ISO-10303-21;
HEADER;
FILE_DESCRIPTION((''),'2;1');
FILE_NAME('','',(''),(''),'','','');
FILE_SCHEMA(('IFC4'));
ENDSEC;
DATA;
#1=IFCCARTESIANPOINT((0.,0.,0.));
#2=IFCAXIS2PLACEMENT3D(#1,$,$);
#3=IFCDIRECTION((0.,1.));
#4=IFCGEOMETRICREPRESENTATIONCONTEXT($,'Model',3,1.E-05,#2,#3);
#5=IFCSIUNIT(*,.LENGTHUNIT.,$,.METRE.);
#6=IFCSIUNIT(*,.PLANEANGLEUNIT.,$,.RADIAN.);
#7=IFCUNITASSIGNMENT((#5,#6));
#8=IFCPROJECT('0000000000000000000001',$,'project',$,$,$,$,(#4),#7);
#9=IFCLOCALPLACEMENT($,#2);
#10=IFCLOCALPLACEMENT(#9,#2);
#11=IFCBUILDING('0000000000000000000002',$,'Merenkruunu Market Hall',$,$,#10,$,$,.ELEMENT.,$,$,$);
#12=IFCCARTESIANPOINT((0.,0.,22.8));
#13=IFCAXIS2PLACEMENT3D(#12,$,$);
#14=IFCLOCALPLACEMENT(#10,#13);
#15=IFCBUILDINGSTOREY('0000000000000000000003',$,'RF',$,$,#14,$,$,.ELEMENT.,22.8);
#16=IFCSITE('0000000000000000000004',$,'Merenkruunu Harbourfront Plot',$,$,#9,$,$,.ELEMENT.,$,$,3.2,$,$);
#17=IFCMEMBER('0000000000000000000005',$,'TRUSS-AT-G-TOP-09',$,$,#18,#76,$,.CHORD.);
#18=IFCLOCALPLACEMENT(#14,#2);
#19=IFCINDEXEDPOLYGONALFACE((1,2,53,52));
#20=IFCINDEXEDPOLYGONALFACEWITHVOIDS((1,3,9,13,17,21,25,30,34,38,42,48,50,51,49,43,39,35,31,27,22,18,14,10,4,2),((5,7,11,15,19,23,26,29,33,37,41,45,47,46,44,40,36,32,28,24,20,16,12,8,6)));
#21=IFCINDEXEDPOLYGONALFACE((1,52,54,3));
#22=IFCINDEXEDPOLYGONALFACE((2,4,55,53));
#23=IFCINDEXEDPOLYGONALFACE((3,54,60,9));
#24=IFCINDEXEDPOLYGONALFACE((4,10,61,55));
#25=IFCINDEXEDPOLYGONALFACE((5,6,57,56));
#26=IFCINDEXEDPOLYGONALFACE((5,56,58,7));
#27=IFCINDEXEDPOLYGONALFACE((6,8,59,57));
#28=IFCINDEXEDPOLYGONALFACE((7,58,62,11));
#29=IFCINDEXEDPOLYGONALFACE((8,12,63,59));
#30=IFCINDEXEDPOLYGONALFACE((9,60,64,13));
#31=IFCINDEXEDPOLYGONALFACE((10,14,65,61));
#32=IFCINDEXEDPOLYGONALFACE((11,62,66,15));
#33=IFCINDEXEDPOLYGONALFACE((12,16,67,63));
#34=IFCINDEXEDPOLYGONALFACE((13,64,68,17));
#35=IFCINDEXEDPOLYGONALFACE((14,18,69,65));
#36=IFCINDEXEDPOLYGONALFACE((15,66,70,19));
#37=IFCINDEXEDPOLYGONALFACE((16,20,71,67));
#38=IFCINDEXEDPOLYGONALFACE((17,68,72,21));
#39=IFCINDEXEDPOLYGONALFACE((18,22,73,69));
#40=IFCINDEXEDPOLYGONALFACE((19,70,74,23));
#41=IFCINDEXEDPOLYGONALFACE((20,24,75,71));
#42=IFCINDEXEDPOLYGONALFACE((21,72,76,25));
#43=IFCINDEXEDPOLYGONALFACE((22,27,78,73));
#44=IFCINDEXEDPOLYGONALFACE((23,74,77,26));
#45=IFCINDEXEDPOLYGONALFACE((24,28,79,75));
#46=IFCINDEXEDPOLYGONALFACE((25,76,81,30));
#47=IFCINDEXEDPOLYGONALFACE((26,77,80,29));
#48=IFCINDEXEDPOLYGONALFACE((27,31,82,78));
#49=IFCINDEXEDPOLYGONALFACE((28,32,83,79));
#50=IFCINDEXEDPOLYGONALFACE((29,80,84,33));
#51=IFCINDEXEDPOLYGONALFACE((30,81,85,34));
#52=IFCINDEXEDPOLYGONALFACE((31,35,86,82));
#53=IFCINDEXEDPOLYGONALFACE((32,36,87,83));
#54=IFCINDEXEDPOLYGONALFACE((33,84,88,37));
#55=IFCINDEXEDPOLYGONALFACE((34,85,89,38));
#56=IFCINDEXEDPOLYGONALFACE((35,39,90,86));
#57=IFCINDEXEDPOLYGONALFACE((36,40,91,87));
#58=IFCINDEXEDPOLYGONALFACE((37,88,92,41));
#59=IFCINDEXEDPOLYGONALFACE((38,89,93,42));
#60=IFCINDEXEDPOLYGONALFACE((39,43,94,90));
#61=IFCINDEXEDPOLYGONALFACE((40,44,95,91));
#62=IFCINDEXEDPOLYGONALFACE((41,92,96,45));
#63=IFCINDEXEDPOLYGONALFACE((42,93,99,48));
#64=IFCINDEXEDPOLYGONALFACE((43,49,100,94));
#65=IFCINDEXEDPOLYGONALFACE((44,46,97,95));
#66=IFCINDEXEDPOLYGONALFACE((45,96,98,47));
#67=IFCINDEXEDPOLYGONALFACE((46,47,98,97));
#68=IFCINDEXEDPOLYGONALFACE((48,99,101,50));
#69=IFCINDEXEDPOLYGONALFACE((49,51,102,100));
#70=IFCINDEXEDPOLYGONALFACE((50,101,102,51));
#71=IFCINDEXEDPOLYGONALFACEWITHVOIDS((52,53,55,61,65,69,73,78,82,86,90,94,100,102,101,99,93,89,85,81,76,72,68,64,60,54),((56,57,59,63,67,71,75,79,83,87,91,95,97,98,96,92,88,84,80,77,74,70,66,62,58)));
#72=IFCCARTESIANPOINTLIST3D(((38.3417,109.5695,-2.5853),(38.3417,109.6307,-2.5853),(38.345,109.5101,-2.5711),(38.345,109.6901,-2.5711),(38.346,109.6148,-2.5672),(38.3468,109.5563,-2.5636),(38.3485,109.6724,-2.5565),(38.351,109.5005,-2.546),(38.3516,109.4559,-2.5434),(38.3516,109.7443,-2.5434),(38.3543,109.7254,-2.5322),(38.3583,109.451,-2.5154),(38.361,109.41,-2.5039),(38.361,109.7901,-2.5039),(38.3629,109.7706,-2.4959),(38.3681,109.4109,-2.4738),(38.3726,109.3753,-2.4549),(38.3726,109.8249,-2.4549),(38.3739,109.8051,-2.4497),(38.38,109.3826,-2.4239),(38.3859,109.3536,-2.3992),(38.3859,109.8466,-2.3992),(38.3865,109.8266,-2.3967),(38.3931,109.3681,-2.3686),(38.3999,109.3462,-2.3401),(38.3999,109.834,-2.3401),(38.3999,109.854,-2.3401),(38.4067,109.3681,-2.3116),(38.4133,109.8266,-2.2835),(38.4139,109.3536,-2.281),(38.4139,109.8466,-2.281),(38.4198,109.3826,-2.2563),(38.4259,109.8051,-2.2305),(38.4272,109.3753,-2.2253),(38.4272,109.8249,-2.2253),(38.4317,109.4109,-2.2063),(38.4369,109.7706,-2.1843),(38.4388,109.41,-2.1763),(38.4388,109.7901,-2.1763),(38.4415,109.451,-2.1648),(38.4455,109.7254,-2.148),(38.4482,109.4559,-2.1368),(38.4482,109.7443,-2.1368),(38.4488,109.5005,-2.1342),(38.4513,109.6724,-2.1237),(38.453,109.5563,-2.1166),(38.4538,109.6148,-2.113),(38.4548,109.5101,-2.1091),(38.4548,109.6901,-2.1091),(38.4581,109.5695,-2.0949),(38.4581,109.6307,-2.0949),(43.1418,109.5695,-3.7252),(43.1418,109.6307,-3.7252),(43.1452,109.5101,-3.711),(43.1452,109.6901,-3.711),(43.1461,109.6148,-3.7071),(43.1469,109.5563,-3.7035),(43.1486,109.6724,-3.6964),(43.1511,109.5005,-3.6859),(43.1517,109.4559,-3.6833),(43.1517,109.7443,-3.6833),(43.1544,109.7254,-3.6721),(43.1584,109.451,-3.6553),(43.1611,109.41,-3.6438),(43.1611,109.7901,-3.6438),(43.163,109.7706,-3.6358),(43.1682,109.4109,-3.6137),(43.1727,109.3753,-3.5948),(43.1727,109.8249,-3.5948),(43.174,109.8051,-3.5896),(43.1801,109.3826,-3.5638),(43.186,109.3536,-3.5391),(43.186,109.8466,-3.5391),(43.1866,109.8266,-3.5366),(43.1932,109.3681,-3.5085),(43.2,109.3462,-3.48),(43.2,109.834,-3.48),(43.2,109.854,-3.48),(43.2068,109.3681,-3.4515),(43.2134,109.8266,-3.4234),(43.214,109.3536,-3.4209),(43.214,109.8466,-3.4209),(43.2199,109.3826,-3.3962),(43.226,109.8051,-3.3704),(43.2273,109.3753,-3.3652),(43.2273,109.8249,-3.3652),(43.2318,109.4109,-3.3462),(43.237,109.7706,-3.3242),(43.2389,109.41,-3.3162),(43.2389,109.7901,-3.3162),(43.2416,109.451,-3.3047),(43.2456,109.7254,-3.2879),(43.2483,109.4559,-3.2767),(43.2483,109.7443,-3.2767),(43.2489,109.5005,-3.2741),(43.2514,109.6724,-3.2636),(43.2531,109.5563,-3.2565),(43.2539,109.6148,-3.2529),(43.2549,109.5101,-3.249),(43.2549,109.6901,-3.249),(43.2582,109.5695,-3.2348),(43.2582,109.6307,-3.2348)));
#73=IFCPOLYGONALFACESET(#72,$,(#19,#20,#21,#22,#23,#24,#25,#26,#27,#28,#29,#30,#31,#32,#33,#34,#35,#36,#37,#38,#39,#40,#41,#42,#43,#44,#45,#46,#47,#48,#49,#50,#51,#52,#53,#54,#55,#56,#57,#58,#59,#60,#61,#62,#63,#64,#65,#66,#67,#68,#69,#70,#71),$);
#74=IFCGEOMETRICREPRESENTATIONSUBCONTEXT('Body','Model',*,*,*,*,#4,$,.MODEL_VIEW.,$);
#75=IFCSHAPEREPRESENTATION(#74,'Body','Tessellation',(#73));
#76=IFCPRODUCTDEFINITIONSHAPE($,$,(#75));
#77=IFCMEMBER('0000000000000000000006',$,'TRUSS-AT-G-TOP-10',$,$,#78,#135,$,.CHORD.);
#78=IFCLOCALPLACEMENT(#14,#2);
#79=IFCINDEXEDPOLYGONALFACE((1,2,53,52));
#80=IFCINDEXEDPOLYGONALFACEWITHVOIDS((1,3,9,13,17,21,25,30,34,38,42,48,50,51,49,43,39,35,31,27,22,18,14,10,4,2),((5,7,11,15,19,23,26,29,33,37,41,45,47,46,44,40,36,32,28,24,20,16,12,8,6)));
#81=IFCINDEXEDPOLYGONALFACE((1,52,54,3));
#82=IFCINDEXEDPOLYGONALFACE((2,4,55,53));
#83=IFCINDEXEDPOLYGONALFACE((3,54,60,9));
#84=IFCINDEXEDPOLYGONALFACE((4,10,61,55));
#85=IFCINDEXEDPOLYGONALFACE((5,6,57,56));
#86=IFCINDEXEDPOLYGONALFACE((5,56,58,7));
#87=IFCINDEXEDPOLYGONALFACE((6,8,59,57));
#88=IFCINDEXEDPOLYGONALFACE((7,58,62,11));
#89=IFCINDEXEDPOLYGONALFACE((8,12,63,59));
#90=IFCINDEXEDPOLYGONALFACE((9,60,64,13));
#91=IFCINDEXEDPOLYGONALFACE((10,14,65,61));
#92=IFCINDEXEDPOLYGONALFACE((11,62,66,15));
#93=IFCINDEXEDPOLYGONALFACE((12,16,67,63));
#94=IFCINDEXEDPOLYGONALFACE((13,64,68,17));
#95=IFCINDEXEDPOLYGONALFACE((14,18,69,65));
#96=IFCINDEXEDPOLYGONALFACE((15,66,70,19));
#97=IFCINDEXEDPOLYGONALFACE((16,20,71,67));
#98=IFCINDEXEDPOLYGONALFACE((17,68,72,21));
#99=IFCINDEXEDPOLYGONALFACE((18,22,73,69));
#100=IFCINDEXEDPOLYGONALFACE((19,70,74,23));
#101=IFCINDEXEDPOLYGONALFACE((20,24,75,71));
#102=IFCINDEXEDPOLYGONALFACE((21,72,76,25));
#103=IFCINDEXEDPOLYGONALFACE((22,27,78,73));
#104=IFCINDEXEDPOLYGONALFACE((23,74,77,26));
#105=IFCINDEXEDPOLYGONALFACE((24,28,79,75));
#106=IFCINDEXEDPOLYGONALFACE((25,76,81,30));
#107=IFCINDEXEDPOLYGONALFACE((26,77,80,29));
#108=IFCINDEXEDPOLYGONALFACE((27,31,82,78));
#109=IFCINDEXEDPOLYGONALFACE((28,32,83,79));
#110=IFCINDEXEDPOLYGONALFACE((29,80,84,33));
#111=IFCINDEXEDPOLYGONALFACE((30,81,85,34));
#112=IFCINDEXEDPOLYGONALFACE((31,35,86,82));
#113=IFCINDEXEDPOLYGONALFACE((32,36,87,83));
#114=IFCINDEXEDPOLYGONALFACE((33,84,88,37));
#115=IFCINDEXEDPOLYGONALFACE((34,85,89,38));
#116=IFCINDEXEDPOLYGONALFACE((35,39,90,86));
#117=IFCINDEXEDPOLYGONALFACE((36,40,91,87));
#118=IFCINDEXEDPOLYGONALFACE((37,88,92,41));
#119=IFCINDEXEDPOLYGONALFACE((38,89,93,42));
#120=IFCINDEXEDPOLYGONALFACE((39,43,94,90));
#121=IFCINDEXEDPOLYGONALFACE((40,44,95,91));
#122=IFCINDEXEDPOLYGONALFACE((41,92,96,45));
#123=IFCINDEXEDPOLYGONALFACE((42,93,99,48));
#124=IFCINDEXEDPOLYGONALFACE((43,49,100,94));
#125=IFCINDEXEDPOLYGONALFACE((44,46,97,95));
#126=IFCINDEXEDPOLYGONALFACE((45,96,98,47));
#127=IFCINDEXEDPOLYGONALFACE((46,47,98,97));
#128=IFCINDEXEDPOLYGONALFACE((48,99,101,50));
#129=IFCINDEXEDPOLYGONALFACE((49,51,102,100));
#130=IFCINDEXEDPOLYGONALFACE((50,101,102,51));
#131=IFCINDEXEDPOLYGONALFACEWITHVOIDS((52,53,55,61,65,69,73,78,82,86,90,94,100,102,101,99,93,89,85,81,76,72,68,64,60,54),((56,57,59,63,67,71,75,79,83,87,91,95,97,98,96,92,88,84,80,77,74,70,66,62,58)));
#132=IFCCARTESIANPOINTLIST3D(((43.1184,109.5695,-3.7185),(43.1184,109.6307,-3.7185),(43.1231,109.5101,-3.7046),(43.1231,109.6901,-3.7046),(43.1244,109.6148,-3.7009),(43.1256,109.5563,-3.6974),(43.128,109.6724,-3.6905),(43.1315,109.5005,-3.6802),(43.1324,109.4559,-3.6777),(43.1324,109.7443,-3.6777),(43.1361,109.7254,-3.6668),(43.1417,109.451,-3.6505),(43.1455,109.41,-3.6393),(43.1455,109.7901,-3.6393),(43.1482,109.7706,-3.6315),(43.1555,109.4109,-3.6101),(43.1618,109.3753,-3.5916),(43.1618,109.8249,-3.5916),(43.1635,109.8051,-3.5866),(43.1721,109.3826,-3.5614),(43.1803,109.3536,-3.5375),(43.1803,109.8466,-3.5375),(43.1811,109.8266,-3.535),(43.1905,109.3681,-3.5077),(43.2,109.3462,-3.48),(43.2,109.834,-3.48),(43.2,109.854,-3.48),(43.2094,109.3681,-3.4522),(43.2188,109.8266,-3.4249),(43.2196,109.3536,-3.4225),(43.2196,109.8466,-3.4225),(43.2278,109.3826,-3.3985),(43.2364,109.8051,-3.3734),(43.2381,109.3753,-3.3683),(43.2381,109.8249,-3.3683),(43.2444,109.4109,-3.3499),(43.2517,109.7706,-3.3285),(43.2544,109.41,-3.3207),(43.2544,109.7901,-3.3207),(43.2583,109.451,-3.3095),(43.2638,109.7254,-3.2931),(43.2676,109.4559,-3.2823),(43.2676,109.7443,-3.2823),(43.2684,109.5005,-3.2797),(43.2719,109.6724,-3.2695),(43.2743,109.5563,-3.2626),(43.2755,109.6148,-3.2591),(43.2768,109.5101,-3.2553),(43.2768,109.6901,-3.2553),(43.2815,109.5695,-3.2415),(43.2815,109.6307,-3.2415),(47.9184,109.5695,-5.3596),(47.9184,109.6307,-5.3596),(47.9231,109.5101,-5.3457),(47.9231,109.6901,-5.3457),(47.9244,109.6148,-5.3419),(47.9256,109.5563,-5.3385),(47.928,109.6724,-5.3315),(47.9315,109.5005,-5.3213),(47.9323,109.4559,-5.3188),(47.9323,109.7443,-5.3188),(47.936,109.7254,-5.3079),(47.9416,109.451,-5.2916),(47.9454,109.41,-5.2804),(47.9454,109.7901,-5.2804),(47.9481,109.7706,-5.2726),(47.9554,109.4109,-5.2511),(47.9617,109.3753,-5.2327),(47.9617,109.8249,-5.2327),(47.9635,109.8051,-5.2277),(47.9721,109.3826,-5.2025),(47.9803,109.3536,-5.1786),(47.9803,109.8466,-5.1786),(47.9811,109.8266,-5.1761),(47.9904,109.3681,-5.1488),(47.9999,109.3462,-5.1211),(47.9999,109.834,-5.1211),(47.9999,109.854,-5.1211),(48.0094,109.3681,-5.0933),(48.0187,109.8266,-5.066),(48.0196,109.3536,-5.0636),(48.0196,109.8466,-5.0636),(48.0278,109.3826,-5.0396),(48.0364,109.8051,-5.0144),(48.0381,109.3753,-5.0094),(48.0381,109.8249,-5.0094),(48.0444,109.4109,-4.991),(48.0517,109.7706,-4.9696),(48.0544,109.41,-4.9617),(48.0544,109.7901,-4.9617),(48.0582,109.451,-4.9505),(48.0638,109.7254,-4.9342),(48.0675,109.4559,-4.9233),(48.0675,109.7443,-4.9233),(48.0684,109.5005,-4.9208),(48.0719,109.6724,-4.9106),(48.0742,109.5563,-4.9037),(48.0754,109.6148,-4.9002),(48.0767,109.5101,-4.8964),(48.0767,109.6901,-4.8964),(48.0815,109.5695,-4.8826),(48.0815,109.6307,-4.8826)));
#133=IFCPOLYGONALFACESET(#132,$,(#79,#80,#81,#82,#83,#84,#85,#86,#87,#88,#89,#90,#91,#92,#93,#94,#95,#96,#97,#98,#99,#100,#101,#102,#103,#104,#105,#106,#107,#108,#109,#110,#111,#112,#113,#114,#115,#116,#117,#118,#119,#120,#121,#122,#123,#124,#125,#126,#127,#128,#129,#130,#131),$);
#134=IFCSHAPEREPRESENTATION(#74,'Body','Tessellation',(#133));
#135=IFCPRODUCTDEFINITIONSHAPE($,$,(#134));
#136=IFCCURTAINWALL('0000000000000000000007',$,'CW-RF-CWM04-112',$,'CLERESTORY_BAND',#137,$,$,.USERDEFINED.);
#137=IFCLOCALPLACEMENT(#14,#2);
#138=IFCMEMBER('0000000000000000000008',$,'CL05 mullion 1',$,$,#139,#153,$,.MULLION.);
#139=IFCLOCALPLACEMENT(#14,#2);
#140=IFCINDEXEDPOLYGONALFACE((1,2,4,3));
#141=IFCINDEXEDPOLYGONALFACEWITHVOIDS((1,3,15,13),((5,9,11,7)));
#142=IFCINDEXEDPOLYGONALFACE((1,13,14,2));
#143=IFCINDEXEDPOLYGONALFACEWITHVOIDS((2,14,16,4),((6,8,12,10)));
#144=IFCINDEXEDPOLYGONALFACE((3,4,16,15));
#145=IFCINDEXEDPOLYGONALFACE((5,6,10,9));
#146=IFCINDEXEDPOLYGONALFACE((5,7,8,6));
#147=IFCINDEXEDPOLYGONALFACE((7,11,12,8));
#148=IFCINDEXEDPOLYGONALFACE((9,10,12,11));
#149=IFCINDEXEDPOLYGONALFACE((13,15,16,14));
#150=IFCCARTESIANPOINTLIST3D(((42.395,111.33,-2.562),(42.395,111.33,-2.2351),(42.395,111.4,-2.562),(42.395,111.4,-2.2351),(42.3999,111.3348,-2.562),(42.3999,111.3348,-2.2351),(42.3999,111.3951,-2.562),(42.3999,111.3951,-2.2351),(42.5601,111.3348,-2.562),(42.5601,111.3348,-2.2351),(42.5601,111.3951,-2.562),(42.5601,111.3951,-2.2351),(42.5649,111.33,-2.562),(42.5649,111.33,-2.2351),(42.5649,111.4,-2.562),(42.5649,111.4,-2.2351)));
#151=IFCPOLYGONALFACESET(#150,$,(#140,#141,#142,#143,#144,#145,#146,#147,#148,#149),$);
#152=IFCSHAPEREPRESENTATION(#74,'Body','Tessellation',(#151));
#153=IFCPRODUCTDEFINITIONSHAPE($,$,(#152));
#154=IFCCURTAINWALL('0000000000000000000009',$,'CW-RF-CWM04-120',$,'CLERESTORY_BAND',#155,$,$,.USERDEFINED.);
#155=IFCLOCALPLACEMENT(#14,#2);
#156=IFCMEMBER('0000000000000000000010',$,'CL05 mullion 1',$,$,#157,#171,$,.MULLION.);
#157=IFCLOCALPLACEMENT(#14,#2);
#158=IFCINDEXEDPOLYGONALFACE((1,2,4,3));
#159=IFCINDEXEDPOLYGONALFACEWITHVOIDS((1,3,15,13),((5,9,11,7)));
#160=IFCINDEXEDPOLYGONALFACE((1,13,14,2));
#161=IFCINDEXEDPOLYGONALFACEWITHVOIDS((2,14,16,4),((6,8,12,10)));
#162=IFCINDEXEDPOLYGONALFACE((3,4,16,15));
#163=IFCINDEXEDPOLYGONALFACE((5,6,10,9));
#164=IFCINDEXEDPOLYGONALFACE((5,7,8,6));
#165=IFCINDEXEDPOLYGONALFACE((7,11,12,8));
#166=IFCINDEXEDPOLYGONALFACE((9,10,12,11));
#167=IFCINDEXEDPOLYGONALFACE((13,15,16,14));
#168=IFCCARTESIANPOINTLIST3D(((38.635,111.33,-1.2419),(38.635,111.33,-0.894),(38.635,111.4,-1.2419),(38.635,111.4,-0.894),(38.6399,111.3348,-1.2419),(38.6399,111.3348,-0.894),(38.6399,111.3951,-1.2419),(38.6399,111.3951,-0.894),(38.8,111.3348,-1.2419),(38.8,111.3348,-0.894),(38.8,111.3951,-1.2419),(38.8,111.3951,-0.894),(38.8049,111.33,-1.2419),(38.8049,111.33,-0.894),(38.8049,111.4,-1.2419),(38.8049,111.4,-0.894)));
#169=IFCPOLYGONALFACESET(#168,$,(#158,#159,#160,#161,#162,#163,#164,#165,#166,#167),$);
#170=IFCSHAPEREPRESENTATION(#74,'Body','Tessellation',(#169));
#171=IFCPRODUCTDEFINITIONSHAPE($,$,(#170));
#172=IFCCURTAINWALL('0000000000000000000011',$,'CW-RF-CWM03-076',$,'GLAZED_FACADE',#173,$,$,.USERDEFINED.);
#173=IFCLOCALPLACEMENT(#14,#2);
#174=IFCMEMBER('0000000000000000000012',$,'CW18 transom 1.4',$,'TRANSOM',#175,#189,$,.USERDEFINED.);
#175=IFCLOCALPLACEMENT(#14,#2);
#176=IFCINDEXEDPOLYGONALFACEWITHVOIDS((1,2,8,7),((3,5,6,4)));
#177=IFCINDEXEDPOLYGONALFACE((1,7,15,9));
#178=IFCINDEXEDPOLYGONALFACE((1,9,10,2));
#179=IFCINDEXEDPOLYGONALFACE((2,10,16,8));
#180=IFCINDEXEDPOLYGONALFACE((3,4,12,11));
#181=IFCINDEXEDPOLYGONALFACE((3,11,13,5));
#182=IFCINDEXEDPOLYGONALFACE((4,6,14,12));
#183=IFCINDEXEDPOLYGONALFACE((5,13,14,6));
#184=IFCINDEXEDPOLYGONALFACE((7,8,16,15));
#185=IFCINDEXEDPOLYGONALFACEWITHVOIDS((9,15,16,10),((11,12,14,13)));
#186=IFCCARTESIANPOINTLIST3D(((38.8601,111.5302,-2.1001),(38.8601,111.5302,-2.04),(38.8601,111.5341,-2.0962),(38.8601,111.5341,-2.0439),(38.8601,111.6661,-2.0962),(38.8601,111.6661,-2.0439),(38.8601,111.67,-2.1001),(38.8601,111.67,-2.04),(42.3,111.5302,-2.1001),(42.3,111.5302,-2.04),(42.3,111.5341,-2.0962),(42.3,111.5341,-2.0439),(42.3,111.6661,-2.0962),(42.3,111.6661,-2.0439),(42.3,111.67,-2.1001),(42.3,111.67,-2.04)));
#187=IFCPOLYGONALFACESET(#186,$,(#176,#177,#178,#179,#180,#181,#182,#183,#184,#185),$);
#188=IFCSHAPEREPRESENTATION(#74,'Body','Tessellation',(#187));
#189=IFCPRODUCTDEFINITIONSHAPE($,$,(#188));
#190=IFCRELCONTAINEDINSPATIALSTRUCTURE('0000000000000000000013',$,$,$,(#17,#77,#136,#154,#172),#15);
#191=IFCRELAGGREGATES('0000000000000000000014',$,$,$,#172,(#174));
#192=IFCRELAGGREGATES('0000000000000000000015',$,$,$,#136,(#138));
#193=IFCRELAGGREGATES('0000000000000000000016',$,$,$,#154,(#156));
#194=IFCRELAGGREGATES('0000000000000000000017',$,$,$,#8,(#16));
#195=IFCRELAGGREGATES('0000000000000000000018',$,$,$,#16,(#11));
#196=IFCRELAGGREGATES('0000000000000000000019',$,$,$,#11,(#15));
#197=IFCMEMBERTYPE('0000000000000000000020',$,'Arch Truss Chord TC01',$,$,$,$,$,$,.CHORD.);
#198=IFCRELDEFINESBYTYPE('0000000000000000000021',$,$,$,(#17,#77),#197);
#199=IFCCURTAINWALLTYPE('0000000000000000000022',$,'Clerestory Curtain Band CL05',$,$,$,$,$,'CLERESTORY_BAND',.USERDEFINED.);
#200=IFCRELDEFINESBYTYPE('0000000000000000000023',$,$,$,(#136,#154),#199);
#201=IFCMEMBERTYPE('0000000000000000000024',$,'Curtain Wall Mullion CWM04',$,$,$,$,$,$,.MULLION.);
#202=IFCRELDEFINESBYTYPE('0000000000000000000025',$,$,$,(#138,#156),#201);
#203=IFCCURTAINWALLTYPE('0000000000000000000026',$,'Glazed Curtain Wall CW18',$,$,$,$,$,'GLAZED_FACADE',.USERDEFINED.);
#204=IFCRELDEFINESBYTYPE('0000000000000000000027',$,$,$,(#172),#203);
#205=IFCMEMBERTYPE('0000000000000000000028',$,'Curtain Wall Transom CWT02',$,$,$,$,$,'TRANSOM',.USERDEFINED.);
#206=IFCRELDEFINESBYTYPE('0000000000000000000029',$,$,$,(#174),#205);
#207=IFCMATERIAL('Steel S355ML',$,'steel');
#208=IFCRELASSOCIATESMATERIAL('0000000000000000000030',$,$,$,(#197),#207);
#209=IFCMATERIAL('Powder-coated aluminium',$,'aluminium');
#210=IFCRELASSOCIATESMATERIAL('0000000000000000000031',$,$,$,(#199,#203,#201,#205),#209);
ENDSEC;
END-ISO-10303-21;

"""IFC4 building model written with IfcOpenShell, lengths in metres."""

from ifc_helpers import new_model, si_unit, direction, frame, origin, origin_2d, place, context, subcontext, project, spatial, hollow_rectangle, hollow_circle, extrude, material, material_profile, profile_set, type_object, element, aggregate, save


model = new_model("IFC4")

# Units and contexts
model_context = context("Model", 3, precision=1e-05, world=origin(), true_north=direction((0.0, 1.0)))
body_context = subcontext(model_context, "Body", "Model", "MODEL_VIEW")
ifc_project = project(units=[si_unit("LENGTHUNIT", "METRE"), si_unit("PLANEANGLEUNIT", "RADIAN")], contexts=[model_context])

# Site, building, storey
site_placement = place(None, origin())
site = spatial("IfcSite", under=ifc_project, at=site_placement, Name="Merenkruunu Harbourfront Plot", CompositionType="ELEMENT", RefElevation=3.2)
building_placement = place(site_placement, origin())
building = spatial("IfcBuilding", under=site, at=building_placement, Name="Merenkruunu Market Hall", CompositionType="ELEMENT")
storey_placement = place(building_placement, frame((0.0, 0.0, 22.8)))
storey = spatial("IfcBuildingStorey", under=building, at=storey_placement, Name="RF", CompositionType="ELEMENT", Elevation=22.8)

# Members
ifc_material_1 = material(Name="Steel S355ML", Category="steel")
ifc_material_profile_1 = material_profile(ifc_material_1, hollow_circle(Radius=0.2539, WallThickness=0.02, at=origin_2d()), Name="CHS 508x20")
ifc_profile_set_1 = profile_set([ifc_material_profile_1], Name="Steel S355ML")
member_type_1 = type_object("IfcMemberType", Name="Arch Truss Chord TC01", PredefinedType="CHORD", material=ifc_profile_set_1)
member_1_placement = place(storey_placement, frame((38.3999, 109.6001, -2.3401), z_axis=(0.972942, 0.0, -0.23105), x_axis=(0.0, 1.0, 0.0)))
element("IfcMember", 1, at=member_1_placement, inside=storey, type_object=member_type_1, Name="TRUSS-AT-G-TOP-09", PredefinedType="CHORD", context=body_context, shape_type="SweptSolid", body=[
    extrude(hollow_circle(Radius=0.2539, WallThickness=0.02, at=origin_2d()), origin(), (0.0, 0.0, 1.0), 4.9336),
])
member_2_placement = place(storey_placement, frame((43.2, 109.6001, -3.48), z_axis=(0.946225, 0.0, -0.32351), x_axis=(0.0, 1.0, 0.0)))
element("IfcMember", 2, at=member_2_placement, inside=storey, type_object=member_type_1, Name="TRUSS-AT-G-TOP-10", PredefinedType="CHORD", context=body_context, shape_type="SweptSolid", body=[
    extrude(hollow_circle(Radius=0.2539, WallThickness=0.02, at=origin_2d()), origin(), (0.0, 0.0, 1.0), 5.0728),
])

# Curtain walls, members
ifc_material_2 = material(Name="Powder-coated aluminium", Category="aluminium")
curtain_wall_type_1 = type_object("IfcCurtainWallType", Name="Clerestory Curtain Band CL05", ElementType="CLERESTORY_BAND", PredefinedType="USERDEFINED", material=ifc_material_2)
curtain_wall_1_placement = place(storey_placement, origin())
curtain_wall_1 = element("IfcCurtainWall", 3, at=curtain_wall_1_placement, inside=storey, type_object=curtain_wall_type_1, Name="CW-RF-CWM04-112", ObjectType="CLERESTORY_BAND", PredefinedType="USERDEFINED")
ifc_material_profile_2 = material_profile(ifc_material_2, hollow_rectangle(XDim=0.0701, YDim=0.1699, WallThickness=0.0049, at=origin_2d()), Name="ALU 70x170x5")
ifc_profile_set_2 = profile_set([ifc_material_profile_2], Name="Powder-coated aluminium")
member_type_2 = type_object("IfcMemberType", Name="Curtain Wall Mullion CWM04", PredefinedType="MULLION", material=ifc_profile_set_2)
member_3_placement = place(storey_placement, frame((42.48, 111.365, -2.562), z_axis=(0.0, 0.0, 1.0), x_axis=(0.0, -1.0, 0.0)))
member_3 = element("IfcMember", 4, at=member_3_placement, type_object=member_type_2, Name="CL05 mullion 1", PredefinedType="MULLION", context=body_context, shape_type="SweptSolid", body=[
    extrude(hollow_rectangle(XDim=0.0701, YDim=0.1699, WallThickness=0.0049, at=origin_2d()), origin(), (0.0, 0.0, 1.0), 0.3269),
])
curtain_wall_2_placement = place(storey_placement, origin())
curtain_wall_2 = element("IfcCurtainWall", 5, at=curtain_wall_2_placement, inside=storey, type_object=curtain_wall_type_1, Name="CW-RF-CWM04-120", ObjectType="CLERESTORY_BAND", PredefinedType="USERDEFINED")
member_4_placement = place(storey_placement, frame((38.72, 111.365, -1.2419), z_axis=(0.0, 0.0, 1.0), x_axis=(0.0, -1.0, 0.0)))
member_4 = element("IfcMember", 6, at=member_4_placement, type_object=member_type_2, Name="CL05 mullion 1", PredefinedType="MULLION", context=body_context, shape_type="SweptSolid", body=[
    extrude(hollow_rectangle(XDim=0.0701, YDim=0.1699, WallThickness=0.0049, at=origin_2d()), origin(), (0.0, 0.0, 1.0), 0.3479),
])
curtain_wall_type_2 = type_object("IfcCurtainWallType", Name="Glazed Curtain Wall CW18", ElementType="GLAZED_FACADE", PredefinedType="USERDEFINED", material=ifc_material_2)
curtain_wall_3_placement = place(storey_placement, origin())
curtain_wall_3 = element("IfcCurtainWall", 7, at=curtain_wall_3_placement, inside=storey, type_object=curtain_wall_type_2, Name="CW-RF-CWM03-076", ObjectType="GLAZED_FACADE", PredefinedType="USERDEFINED")
ifc_material_profile_3 = material_profile(ifc_material_2, hollow_rectangle(XDim=0.0601, YDim=0.1399, WallThickness=0.0039, at=origin_2d()), Name="ALU 60x140x4")
ifc_profile_set_3 = profile_set([ifc_material_profile_3], Name="Powder-coated aluminium")
member_type_3 = type_object("IfcMemberType", Name="Curtain Wall Transom CWT02", ElementType="TRANSOM", PredefinedType="USERDEFINED", material=ifc_profile_set_3)
member_5_placement = place(storey_placement, frame((38.8601, 111.6001, -2.0701), z_axis=(1.0, 0.0, 0.0), x_axis=(0.0, 0.0, 1.0)))
member_5 = element("IfcMember", 8, at=member_5_placement, type_object=member_type_3, Name="CW18 transom 1.4", ObjectType="TRANSOM", PredefinedType="USERDEFINED", context=body_context, shape_type="SweptSolid", body=[
    extrude(hollow_rectangle(XDim=0.0601, YDim=0.1399, WallThickness=0.0039, at=origin_2d()), origin(), (0.0, 0.0, 1.0), 3.4399),
])
aggregate(curtain_wall_3, [member_5])

aggregate(curtain_wall_1, [member_3])
aggregate(curtain_wall_2, [member_4])

save(model, "model.ifc")
